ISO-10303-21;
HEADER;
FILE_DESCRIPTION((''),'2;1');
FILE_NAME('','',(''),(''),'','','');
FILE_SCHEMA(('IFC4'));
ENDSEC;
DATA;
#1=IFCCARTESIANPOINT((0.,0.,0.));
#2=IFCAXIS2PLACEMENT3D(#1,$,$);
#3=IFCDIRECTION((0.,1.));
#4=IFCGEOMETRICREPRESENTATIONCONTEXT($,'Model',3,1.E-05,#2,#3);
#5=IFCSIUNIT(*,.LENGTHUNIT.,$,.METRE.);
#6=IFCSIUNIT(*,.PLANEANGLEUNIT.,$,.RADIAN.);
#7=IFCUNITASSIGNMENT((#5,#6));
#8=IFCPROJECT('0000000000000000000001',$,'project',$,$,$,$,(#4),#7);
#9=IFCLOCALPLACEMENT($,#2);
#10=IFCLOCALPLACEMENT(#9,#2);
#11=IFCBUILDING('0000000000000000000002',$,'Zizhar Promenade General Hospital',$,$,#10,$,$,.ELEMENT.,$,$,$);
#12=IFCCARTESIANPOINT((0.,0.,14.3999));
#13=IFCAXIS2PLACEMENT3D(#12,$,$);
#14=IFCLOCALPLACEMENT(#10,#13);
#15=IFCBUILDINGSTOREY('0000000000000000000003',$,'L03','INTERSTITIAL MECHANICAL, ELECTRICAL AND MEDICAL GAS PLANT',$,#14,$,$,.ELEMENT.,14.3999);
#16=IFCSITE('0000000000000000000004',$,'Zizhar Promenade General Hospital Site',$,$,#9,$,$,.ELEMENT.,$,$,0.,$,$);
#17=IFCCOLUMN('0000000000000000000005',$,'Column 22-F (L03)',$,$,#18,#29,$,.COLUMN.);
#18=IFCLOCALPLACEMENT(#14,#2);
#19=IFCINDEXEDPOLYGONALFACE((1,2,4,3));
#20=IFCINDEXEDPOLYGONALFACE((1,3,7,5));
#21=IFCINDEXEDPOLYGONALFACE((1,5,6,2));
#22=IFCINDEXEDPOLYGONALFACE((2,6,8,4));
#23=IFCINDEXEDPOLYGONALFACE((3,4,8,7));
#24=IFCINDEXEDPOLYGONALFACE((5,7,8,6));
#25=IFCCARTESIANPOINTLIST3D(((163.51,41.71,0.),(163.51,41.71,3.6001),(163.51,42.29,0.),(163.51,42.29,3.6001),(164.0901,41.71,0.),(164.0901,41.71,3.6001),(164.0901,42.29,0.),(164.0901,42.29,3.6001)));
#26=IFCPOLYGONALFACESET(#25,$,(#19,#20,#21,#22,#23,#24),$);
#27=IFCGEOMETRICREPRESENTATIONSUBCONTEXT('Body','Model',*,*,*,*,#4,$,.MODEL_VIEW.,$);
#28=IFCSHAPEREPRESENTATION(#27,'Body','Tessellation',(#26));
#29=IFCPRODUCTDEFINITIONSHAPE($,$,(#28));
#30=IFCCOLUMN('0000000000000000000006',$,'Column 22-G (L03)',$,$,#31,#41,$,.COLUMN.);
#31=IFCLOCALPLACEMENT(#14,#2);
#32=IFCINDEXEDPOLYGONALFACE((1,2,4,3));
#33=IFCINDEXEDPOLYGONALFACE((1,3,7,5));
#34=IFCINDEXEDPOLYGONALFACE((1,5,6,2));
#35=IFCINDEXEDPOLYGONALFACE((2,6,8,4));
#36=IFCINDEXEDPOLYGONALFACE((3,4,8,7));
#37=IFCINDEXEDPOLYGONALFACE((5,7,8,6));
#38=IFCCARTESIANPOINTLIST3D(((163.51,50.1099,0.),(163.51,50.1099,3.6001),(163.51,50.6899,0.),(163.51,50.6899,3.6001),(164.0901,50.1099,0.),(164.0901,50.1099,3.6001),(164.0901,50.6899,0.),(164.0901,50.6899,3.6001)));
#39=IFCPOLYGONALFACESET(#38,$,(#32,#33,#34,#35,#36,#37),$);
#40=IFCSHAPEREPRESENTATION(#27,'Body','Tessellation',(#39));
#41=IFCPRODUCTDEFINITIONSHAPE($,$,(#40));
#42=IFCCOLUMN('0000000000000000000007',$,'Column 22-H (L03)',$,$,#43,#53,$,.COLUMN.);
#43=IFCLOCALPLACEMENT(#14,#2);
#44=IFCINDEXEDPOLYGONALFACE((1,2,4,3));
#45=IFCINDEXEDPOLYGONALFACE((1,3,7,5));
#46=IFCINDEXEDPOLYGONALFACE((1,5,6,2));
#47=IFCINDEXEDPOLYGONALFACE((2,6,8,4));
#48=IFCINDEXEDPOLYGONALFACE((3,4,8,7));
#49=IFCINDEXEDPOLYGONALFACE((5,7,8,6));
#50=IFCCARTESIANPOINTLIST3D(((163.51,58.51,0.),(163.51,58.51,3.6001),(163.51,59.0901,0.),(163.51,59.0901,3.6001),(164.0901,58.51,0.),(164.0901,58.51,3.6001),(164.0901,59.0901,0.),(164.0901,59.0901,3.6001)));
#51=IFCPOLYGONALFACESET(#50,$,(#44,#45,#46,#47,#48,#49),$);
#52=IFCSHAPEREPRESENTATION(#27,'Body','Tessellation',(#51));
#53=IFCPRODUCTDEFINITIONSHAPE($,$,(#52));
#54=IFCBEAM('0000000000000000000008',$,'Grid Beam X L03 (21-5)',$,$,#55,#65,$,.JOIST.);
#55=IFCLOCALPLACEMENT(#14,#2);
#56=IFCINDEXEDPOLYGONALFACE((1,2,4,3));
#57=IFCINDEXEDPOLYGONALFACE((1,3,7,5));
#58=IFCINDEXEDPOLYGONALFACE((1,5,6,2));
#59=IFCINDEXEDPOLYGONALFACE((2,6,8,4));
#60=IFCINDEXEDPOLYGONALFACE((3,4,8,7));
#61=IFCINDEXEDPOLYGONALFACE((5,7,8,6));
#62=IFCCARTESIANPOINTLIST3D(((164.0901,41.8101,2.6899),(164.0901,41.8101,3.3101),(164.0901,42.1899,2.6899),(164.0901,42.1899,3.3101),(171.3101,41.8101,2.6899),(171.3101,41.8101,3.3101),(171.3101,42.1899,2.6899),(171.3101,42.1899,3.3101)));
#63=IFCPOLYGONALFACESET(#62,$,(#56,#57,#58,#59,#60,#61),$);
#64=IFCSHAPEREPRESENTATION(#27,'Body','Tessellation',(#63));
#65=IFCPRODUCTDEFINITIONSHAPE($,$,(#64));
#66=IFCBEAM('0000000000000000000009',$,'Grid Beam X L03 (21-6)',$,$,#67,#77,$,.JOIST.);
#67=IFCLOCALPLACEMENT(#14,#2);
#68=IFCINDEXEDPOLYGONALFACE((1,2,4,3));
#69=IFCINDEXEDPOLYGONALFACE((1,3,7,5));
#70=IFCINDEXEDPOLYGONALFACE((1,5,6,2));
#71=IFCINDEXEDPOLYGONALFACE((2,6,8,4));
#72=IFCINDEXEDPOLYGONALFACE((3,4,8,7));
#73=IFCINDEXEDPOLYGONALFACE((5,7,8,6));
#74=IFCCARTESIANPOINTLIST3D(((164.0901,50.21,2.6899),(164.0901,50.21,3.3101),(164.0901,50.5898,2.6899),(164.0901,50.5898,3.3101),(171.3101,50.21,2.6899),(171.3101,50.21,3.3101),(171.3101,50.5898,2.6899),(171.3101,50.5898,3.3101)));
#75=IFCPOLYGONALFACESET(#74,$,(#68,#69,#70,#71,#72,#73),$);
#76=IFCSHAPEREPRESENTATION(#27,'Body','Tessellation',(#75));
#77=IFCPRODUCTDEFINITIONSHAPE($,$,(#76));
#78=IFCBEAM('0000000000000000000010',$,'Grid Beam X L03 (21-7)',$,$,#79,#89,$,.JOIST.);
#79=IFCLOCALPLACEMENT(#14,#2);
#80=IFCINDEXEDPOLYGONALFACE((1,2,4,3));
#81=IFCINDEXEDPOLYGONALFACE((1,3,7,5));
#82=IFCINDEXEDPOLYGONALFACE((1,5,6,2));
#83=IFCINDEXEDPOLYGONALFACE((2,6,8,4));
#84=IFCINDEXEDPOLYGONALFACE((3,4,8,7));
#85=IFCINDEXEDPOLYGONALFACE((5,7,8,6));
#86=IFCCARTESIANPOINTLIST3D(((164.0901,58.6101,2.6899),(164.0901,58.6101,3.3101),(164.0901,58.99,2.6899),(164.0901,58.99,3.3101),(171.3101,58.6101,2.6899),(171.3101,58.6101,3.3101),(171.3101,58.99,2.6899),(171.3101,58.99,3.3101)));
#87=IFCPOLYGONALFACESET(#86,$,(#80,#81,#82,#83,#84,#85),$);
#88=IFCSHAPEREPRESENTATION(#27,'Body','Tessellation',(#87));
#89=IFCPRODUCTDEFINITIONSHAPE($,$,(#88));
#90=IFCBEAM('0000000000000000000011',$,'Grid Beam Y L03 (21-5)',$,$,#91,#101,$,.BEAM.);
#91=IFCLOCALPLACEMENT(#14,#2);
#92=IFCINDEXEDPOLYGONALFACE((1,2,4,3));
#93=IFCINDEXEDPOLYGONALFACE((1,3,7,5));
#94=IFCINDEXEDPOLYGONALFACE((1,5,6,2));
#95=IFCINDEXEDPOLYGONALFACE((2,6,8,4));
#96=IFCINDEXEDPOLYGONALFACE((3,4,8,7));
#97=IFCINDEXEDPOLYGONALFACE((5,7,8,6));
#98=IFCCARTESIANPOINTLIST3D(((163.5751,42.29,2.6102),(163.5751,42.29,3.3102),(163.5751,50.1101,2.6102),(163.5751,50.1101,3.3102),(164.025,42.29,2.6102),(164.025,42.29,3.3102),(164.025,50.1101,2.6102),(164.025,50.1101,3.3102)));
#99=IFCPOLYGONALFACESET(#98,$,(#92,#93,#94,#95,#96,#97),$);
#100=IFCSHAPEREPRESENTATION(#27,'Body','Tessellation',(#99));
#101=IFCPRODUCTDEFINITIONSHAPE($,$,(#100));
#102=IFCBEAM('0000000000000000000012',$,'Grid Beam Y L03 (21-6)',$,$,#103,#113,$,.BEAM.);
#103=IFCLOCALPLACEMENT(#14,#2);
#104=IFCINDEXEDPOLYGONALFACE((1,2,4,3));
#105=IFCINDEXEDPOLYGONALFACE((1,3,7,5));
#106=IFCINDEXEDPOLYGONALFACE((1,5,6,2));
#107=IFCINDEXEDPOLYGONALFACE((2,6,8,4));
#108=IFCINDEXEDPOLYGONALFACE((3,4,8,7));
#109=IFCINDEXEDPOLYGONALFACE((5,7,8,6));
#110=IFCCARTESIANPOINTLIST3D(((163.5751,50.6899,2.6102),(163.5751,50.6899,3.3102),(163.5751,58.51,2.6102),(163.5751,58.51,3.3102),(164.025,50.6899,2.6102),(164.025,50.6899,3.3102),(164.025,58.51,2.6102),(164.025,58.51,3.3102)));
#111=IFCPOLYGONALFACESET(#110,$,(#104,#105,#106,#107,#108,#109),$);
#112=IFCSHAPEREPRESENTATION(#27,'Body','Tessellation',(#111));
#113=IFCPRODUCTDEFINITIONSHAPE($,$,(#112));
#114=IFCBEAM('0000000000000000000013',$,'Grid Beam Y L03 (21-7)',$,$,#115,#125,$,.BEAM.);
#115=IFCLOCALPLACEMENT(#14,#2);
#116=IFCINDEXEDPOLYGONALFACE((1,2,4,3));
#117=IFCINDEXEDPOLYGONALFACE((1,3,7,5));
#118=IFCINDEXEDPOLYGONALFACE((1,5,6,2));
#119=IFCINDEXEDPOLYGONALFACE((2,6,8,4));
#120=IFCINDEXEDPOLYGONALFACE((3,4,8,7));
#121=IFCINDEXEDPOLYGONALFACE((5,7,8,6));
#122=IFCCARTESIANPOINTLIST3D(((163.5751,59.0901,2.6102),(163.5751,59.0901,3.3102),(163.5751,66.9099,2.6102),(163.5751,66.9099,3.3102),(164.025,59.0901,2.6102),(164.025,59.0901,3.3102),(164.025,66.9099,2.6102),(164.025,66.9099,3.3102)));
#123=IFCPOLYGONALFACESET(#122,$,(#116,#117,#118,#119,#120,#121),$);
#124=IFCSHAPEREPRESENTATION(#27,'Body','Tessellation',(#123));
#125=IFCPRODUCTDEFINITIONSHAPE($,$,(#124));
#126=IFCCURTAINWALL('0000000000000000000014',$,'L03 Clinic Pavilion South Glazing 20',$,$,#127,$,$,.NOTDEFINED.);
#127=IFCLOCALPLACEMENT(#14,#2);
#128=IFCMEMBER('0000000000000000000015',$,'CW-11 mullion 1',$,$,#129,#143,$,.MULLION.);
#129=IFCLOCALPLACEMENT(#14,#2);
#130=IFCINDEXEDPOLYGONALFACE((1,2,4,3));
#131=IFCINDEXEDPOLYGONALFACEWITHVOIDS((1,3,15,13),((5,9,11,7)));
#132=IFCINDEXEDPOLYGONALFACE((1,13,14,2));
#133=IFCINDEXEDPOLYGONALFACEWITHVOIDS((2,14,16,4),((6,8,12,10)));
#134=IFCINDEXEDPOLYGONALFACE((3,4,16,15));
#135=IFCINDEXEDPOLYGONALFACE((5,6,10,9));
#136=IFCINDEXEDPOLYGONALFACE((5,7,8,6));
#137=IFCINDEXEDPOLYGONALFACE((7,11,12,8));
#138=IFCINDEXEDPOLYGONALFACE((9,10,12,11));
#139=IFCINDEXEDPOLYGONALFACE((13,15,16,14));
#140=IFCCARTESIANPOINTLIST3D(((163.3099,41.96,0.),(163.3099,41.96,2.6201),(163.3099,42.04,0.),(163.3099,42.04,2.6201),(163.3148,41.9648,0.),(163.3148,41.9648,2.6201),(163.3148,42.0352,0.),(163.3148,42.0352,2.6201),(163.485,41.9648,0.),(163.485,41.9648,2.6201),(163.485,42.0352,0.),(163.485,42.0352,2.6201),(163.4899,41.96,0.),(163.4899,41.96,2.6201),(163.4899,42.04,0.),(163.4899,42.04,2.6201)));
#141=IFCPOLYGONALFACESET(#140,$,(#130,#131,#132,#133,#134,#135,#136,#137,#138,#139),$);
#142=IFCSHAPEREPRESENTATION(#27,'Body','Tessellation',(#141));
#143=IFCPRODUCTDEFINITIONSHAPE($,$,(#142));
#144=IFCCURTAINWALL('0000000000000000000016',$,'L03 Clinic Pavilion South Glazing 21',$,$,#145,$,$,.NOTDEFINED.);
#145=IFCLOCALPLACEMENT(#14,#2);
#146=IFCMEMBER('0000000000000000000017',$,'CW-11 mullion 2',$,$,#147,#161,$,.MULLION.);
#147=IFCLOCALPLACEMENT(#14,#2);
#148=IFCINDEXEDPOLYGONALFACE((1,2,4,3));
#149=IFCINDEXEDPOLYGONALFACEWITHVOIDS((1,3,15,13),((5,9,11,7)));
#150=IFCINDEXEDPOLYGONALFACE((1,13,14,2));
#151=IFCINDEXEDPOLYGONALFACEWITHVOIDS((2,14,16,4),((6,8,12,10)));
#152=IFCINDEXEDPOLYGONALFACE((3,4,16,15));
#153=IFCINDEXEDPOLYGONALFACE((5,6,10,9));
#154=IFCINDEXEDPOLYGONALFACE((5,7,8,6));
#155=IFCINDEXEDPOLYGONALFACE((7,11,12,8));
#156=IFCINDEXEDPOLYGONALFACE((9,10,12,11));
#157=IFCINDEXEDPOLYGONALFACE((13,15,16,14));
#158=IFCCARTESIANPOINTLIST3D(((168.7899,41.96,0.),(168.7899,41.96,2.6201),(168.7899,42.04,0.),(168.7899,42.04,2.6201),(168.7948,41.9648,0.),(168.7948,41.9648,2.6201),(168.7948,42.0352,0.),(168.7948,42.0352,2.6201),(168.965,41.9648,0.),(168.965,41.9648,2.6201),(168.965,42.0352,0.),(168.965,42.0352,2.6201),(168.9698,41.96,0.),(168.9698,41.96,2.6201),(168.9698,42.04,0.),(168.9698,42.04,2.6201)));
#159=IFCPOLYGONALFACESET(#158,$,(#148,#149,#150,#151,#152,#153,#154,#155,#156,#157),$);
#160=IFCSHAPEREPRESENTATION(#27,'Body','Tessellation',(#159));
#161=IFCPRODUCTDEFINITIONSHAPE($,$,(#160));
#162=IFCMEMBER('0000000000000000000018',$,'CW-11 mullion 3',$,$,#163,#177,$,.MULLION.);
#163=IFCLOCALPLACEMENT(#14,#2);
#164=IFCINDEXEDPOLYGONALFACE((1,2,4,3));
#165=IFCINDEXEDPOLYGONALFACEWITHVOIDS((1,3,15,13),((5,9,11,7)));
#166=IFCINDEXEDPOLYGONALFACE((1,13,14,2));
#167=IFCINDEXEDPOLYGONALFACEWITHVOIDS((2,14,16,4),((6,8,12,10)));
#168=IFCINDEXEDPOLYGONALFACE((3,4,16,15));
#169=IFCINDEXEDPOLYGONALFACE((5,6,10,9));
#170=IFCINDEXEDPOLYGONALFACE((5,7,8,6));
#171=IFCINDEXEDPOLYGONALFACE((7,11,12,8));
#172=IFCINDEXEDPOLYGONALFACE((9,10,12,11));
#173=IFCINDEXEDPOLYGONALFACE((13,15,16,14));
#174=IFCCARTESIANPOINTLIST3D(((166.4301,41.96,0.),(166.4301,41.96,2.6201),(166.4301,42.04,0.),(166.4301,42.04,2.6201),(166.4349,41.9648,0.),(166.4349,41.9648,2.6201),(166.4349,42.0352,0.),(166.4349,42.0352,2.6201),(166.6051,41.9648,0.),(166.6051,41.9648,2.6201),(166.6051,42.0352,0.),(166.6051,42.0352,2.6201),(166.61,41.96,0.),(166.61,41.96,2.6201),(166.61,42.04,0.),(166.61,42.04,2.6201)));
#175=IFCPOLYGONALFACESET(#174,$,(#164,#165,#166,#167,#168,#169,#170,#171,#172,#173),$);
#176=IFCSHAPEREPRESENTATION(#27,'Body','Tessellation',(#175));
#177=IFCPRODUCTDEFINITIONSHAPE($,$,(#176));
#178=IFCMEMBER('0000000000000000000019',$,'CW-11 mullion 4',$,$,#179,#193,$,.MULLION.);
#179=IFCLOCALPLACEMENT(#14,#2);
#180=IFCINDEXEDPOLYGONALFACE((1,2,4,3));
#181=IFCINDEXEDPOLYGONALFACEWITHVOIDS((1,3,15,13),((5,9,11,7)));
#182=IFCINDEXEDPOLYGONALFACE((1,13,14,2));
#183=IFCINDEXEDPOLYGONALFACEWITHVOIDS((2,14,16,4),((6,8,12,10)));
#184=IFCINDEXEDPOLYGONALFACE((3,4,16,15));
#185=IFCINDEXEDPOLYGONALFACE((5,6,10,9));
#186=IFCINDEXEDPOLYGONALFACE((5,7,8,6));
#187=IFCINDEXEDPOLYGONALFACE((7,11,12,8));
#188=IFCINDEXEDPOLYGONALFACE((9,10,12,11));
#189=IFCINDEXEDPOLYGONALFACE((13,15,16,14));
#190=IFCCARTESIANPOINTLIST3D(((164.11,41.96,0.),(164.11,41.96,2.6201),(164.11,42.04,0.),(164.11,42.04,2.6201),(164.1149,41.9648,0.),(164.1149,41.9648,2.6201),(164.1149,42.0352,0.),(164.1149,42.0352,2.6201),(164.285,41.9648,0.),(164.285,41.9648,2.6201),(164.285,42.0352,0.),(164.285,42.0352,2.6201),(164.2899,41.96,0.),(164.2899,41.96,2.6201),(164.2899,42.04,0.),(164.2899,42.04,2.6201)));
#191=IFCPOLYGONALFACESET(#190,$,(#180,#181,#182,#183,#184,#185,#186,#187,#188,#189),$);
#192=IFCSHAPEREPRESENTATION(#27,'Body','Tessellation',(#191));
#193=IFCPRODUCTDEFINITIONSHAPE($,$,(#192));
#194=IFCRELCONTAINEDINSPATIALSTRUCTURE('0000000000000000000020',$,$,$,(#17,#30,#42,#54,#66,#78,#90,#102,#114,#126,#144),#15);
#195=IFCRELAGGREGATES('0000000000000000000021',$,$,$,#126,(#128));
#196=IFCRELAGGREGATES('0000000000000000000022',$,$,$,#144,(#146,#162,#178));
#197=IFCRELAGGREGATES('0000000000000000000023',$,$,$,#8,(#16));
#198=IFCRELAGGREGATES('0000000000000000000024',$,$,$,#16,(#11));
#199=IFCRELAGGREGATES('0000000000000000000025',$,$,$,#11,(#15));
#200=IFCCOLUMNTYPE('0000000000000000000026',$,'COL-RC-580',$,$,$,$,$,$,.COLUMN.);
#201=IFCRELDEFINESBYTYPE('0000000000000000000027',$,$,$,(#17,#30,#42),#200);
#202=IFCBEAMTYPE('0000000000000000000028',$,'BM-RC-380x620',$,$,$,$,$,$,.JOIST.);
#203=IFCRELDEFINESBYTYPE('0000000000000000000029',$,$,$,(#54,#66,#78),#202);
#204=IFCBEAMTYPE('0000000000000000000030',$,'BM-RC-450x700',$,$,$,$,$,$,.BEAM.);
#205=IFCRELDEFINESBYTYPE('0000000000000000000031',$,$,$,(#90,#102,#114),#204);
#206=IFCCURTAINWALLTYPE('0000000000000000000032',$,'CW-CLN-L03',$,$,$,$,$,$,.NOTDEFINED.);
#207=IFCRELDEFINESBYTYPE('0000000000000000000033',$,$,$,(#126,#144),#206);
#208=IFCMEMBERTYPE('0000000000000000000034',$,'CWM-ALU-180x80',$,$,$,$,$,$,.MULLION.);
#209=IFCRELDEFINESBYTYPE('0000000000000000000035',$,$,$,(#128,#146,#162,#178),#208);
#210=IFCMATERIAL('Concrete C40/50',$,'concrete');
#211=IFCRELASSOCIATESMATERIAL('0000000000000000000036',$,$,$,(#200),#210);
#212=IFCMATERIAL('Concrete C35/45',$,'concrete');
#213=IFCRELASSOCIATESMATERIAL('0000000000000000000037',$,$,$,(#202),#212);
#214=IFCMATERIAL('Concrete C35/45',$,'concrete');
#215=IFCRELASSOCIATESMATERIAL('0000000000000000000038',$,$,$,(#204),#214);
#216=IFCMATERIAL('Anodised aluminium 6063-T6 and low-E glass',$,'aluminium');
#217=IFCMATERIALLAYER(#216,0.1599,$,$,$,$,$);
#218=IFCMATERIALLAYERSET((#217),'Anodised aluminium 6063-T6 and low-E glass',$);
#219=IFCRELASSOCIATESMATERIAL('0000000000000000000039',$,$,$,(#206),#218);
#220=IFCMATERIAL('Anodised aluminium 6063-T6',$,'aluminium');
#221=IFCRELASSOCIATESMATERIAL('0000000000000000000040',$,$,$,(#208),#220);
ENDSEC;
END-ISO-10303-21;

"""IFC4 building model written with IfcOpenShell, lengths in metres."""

from ifc_helpers import new_model, si_unit, direction, frame, origin, origin_2d, place, context, subcontext, project, spatial, rectangle, hollow_rectangle, extrude, material, layer, layer_set, material_profile, profile_set, type_object, element, aggregate, save


model = new_model("IFC4")

# Units and contexts
model_context = context("Model", 3, precision=1e-05, world=origin(), true_north=direction((0.0, 1.0)))
body_context = subcontext(model_context, "Body", "Model", "MODEL_VIEW")
ifc_project = project(units=[si_unit("LENGTHUNIT", "METRE"), si_unit("PLANEANGLEUNIT", "RADIAN")], contexts=[model_context])

# Site, building, storey
site_placement = place(None, origin())
site = spatial("IfcSite", under=ifc_project, at=site_placement, Name="Zizhar Promenade General Hospital Site", CompositionType="ELEMENT", RefElevation=0.0)
building_placement = place(site_placement, origin())
building = spatial("IfcBuilding", under=site, at=building_placement, Name="Zizhar Promenade General Hospital", CompositionType="ELEMENT")
storey_placement = place(building_placement, frame((0.0, 0.0, 14.3999)))
storey = spatial("IfcBuildingStorey", under=building, at=storey_placement, Name="L03", Description="INTERSTITIAL MECHANICAL, ELECTRICAL AND MEDICAL GAS PLANT", CompositionType="ELEMENT", Elevation=14.3999)

# Columns
ifc_material_1 = material(Name="Concrete C40/50", Category="concrete")
ifc_material_profile_1 = material_profile(ifc_material_1, rectangle(XDim=0.5801, YDim=0.5801, at=origin_2d()))
ifc_profile_set_1 = profile_set([ifc_material_profile_1], Name="Concrete C40/50")
column_type = type_object("IfcColumnType", Name="COL-RC-580", PredefinedType="COLUMN", material=ifc_profile_set_1)
for number, where, z_axis, x_axis, name in (
    (1, (163.8, 42.0, 0.0), (0.0, 0.0, 1.0), (1.0, 0.0, 0.0), "Column 22-F (L03)"),
    (2, (163.8, 50.3999, 0.0), (0.0, 0.0, 1.0), (1.0, 0.0, 0.0), "Column 22-G (L03)"),
    (3, (163.8, 58.8, 0.0), (0.0, 0.0, 1.0), (1.0, 0.0, 0.0), "Column 22-H (L03)"),
):
    element("IfcColumn", number, at=place(storey_placement, frame(where, z_axis=z_axis, x_axis=x_axis)), inside=storey, type_object=column_type, Name=name, PredefinedType="COLUMN", context=body_context, shape_type="SweptSolid", body=[
        extrude(rectangle(XDim=0.5801, YDim=0.5801, at=origin_2d()), origin(), (0.0, 0.0, 1.0), 3.6001),
    ])

# Beams
ifc_material_2 = material(Name="Concrete C35/45", Category="concrete")
ifc_material_profile_2 = material_profile(ifc_material_2, rectangle(XDim=0.3799, YDim=0.6201, at=origin_2d()))
ifc_profile_set_2 = profile_set([ifc_material_profile_2], Name="Concrete C35/45")
beam_type_1 = type_object("IfcBeamType", Name="BM-RC-380x620", PredefinedType="JOIST", material=ifc_profile_set_2)
for number, where, z_axis, x_axis, name in (
    (4, (164.0901, 42.0, 3.0), (1.0, 0.0, 0.0), (0.0, 1.0, 0.0), "Grid Beam X L03 (21-5)"),
    (5, (164.0901, 50.3999, 3.0), (1.0, 0.0, 0.0), (0.0, 1.0, 0.0), "Grid Beam X L03 (21-6)"),
    (6, (164.0901, 58.8, 3.0), (1.0, 0.0, 0.0), (0.0, 1.0, 0.0), "Grid Beam X L03 (21-7)"),
):
    element("IfcBeam", number, at=place(storey_placement, frame(where, z_axis=z_axis, x_axis=x_axis)), inside=storey, type_object=beam_type_1, Name=name, PredefinedType="JOIST", context=body_context, shape_type="SweptSolid", body=[
        extrude(rectangle(XDim=0.3799, YDim=0.6201, at=origin_2d()), origin(), (0.0, 0.0, 1.0), 7.22),
    ])
ifc_material_3 = material(Name="Concrete C35/45", Category="concrete")
ifc_material_profile_3 = material_profile(ifc_material_3, rectangle(XDim=0.45, YDim=0.7, at=origin_2d()))
ifc_profile_set_3 = profile_set([ifc_material_profile_3], Name="Concrete C35/45")
beam_type_2 = type_object("IfcBeamType", Name="BM-RC-450x700", PredefinedType="BEAM", material=ifc_profile_set_3)
for number, where, z_axis, x_axis, name in (
    (7, (163.8, 42.29, 2.9602), (0.0, 1.0, 0.0), (-1.0, 0.0, 0.0), "Grid Beam Y L03 (21-5)"),
    (8, (163.8, 50.6899, 2.9602), (0.0, 1.0, 0.0), (-1.0, 0.0, 0.0), "Grid Beam Y L03 (21-6)"),
):
    element("IfcBeam", number, at=place(storey_placement, frame(where, z_axis=z_axis, x_axis=x_axis)), inside=storey, type_object=beam_type_2, Name=name, PredefinedType="BEAM", context=body_context, shape_type="SweptSolid", body=[
        extrude(rectangle(XDim=0.45, YDim=0.7, at=origin_2d()), origin(), (0.0, 0.0, 1.0), 7.8201),
    ])
beam_placement = place(storey_placement, frame((163.8, 59.0901, 2.9602), z_axis=(0.0, 1.0, 0.0), x_axis=(-1.0, 0.0, 0.0)))
element("IfcBeam", 9, at=beam_placement, inside=storey, type_object=beam_type_2, Name="Grid Beam Y L03 (21-7)", PredefinedType="BEAM", context=body_context, shape_type="SweptSolid", body=[
    extrude(rectangle(XDim=0.45, YDim=0.7, at=origin_2d()), origin(), (0.0, 0.0, 1.0), 7.8198),
])

# Curtain wall, member
ifc_material_4 = material(Name="Anodised aluminium 6063-T6 and low-E glass", Category="aluminium")
ifc_layer_1 = layer(ifc_material_4, 0.1599)
ifc_layer_set_1 = layer_set([ifc_layer_1], Name="Anodised aluminium 6063-T6 and low-E glass")
curtain_wall_type = type_object("IfcCurtainWallType", Name="CW-CLN-L03", PredefinedType="NOTDEFINED", material=ifc_layer_set_1)
curtain_wall_1_placement = place(storey_placement, origin())
curtain_wall_1 = element("IfcCurtainWall", 10, at=curtain_wall_1_placement, inside=storey, type_object=curtain_wall_type, Name="L03 Clinic Pavilion South Glazing 20", PredefinedType="NOTDEFINED")
ifc_material_5 = material(Name="Anodised aluminium 6063-T6", Category="aluminium")
ifc_material_profile_4 = material_profile(ifc_material_5, hollow_rectangle(XDim=0.0801, YDim=0.1799, WallThickness=0.0049, at=origin_2d()))
ifc_profile_set_4 = profile_set([ifc_material_profile_4], Name="Anodised aluminium 6063-T6")
member_type_1 = type_object("IfcMemberType", Name="CWM-ALU-180x80", PredefinedType="MULLION", material=ifc_profile_set_4)
member_1_placement = place(storey_placement, frame((163.3999, 42.0, 0.0), z_axis=(0.0, 0.0, 1.0), x_axis=(0.0, -1.0, 0.0)))
member_1 = element("IfcMember", 11, at=member_1_placement, type_object=member_type_1, Name="CW-11 mullion 1", PredefinedType="MULLION", context=body_context, shape_type="SweptSolid", body=[
    extrude(hollow_rectangle(XDim=0.0801, YDim=0.1799, WallThickness=0.0049, at=origin_2d()), origin(), (0.0, 0.0, 1.0), 2.6201),
])

# Curtain wall, members
curtain_wall_2_placement = place(storey_placement, origin())
curtain_wall_2 = element("IfcCurtainWall", 12, at=curtain_wall_2_placement, inside=storey, type_object=curtain_wall_type, Name="L03 Clinic Pavilion South Glazing 21", PredefinedType="NOTDEFINED")
member_2_placement = place(storey_placement, frame((168.8799, 42.0, 0.0), z_axis=(0.0, 0.0, 1.0), x_axis=(0.0, -1.0, 0.0)))
member_2 = element("IfcMember", 13, at=member_2_placement, type_object=member_type_1, Name="CW-11 mullion 2", PredefinedType="MULLION", context=body_context, shape_type="SweptSolid", body=[
    extrude(hollow_rectangle(XDim=0.0801, YDim=0.1799, WallThickness=0.0049, at=origin_2d()), origin(), (0.0, 0.0, 1.0), 2.6201),
])
member_3_placement = place(storey_placement, frame((166.52, 42.0, 0.0), z_axis=(0.0, 0.0, 1.0), x_axis=(0.0, -1.0, 0.0)))
member_3 = element("IfcMember", 14, at=member_3_placement, type_object=member_type_1, Name="CW-11 mullion 3", PredefinedType="MULLION", context=body_context, shape_type="SweptSolid", body=[
    extrude(hollow_rectangle(XDim=0.0801, YDim=0.1799, WallThickness=0.0049, at=origin_2d()), origin(), (0.0, 0.0, 1.0), 2.6201),
])
member_4_placement = place(storey_placement, frame((164.2, 42.0, 0.0), z_axis=(0.0, 0.0, 1.0), x_axis=(0.0, -1.0, 0.0)))
member_4 = element("IfcMember", 15, at=member_4_placement, type_object=member_type_1, Name="CW-11 mullion 4", PredefinedType="MULLION", context=body_context, shape_type="SweptSolid", body=[
    extrude(hollow_rectangle(XDim=0.0801, YDim=0.1799, WallThickness=0.0049, at=origin_2d()), origin(), (0.0, 0.0, 1.0), 2.6201),
])

aggregate(curtain_wall_1, [member_1])

aggregate(curtain_wall_2, [member_2, member_3, member_4])

save(model, "model.ifc")
